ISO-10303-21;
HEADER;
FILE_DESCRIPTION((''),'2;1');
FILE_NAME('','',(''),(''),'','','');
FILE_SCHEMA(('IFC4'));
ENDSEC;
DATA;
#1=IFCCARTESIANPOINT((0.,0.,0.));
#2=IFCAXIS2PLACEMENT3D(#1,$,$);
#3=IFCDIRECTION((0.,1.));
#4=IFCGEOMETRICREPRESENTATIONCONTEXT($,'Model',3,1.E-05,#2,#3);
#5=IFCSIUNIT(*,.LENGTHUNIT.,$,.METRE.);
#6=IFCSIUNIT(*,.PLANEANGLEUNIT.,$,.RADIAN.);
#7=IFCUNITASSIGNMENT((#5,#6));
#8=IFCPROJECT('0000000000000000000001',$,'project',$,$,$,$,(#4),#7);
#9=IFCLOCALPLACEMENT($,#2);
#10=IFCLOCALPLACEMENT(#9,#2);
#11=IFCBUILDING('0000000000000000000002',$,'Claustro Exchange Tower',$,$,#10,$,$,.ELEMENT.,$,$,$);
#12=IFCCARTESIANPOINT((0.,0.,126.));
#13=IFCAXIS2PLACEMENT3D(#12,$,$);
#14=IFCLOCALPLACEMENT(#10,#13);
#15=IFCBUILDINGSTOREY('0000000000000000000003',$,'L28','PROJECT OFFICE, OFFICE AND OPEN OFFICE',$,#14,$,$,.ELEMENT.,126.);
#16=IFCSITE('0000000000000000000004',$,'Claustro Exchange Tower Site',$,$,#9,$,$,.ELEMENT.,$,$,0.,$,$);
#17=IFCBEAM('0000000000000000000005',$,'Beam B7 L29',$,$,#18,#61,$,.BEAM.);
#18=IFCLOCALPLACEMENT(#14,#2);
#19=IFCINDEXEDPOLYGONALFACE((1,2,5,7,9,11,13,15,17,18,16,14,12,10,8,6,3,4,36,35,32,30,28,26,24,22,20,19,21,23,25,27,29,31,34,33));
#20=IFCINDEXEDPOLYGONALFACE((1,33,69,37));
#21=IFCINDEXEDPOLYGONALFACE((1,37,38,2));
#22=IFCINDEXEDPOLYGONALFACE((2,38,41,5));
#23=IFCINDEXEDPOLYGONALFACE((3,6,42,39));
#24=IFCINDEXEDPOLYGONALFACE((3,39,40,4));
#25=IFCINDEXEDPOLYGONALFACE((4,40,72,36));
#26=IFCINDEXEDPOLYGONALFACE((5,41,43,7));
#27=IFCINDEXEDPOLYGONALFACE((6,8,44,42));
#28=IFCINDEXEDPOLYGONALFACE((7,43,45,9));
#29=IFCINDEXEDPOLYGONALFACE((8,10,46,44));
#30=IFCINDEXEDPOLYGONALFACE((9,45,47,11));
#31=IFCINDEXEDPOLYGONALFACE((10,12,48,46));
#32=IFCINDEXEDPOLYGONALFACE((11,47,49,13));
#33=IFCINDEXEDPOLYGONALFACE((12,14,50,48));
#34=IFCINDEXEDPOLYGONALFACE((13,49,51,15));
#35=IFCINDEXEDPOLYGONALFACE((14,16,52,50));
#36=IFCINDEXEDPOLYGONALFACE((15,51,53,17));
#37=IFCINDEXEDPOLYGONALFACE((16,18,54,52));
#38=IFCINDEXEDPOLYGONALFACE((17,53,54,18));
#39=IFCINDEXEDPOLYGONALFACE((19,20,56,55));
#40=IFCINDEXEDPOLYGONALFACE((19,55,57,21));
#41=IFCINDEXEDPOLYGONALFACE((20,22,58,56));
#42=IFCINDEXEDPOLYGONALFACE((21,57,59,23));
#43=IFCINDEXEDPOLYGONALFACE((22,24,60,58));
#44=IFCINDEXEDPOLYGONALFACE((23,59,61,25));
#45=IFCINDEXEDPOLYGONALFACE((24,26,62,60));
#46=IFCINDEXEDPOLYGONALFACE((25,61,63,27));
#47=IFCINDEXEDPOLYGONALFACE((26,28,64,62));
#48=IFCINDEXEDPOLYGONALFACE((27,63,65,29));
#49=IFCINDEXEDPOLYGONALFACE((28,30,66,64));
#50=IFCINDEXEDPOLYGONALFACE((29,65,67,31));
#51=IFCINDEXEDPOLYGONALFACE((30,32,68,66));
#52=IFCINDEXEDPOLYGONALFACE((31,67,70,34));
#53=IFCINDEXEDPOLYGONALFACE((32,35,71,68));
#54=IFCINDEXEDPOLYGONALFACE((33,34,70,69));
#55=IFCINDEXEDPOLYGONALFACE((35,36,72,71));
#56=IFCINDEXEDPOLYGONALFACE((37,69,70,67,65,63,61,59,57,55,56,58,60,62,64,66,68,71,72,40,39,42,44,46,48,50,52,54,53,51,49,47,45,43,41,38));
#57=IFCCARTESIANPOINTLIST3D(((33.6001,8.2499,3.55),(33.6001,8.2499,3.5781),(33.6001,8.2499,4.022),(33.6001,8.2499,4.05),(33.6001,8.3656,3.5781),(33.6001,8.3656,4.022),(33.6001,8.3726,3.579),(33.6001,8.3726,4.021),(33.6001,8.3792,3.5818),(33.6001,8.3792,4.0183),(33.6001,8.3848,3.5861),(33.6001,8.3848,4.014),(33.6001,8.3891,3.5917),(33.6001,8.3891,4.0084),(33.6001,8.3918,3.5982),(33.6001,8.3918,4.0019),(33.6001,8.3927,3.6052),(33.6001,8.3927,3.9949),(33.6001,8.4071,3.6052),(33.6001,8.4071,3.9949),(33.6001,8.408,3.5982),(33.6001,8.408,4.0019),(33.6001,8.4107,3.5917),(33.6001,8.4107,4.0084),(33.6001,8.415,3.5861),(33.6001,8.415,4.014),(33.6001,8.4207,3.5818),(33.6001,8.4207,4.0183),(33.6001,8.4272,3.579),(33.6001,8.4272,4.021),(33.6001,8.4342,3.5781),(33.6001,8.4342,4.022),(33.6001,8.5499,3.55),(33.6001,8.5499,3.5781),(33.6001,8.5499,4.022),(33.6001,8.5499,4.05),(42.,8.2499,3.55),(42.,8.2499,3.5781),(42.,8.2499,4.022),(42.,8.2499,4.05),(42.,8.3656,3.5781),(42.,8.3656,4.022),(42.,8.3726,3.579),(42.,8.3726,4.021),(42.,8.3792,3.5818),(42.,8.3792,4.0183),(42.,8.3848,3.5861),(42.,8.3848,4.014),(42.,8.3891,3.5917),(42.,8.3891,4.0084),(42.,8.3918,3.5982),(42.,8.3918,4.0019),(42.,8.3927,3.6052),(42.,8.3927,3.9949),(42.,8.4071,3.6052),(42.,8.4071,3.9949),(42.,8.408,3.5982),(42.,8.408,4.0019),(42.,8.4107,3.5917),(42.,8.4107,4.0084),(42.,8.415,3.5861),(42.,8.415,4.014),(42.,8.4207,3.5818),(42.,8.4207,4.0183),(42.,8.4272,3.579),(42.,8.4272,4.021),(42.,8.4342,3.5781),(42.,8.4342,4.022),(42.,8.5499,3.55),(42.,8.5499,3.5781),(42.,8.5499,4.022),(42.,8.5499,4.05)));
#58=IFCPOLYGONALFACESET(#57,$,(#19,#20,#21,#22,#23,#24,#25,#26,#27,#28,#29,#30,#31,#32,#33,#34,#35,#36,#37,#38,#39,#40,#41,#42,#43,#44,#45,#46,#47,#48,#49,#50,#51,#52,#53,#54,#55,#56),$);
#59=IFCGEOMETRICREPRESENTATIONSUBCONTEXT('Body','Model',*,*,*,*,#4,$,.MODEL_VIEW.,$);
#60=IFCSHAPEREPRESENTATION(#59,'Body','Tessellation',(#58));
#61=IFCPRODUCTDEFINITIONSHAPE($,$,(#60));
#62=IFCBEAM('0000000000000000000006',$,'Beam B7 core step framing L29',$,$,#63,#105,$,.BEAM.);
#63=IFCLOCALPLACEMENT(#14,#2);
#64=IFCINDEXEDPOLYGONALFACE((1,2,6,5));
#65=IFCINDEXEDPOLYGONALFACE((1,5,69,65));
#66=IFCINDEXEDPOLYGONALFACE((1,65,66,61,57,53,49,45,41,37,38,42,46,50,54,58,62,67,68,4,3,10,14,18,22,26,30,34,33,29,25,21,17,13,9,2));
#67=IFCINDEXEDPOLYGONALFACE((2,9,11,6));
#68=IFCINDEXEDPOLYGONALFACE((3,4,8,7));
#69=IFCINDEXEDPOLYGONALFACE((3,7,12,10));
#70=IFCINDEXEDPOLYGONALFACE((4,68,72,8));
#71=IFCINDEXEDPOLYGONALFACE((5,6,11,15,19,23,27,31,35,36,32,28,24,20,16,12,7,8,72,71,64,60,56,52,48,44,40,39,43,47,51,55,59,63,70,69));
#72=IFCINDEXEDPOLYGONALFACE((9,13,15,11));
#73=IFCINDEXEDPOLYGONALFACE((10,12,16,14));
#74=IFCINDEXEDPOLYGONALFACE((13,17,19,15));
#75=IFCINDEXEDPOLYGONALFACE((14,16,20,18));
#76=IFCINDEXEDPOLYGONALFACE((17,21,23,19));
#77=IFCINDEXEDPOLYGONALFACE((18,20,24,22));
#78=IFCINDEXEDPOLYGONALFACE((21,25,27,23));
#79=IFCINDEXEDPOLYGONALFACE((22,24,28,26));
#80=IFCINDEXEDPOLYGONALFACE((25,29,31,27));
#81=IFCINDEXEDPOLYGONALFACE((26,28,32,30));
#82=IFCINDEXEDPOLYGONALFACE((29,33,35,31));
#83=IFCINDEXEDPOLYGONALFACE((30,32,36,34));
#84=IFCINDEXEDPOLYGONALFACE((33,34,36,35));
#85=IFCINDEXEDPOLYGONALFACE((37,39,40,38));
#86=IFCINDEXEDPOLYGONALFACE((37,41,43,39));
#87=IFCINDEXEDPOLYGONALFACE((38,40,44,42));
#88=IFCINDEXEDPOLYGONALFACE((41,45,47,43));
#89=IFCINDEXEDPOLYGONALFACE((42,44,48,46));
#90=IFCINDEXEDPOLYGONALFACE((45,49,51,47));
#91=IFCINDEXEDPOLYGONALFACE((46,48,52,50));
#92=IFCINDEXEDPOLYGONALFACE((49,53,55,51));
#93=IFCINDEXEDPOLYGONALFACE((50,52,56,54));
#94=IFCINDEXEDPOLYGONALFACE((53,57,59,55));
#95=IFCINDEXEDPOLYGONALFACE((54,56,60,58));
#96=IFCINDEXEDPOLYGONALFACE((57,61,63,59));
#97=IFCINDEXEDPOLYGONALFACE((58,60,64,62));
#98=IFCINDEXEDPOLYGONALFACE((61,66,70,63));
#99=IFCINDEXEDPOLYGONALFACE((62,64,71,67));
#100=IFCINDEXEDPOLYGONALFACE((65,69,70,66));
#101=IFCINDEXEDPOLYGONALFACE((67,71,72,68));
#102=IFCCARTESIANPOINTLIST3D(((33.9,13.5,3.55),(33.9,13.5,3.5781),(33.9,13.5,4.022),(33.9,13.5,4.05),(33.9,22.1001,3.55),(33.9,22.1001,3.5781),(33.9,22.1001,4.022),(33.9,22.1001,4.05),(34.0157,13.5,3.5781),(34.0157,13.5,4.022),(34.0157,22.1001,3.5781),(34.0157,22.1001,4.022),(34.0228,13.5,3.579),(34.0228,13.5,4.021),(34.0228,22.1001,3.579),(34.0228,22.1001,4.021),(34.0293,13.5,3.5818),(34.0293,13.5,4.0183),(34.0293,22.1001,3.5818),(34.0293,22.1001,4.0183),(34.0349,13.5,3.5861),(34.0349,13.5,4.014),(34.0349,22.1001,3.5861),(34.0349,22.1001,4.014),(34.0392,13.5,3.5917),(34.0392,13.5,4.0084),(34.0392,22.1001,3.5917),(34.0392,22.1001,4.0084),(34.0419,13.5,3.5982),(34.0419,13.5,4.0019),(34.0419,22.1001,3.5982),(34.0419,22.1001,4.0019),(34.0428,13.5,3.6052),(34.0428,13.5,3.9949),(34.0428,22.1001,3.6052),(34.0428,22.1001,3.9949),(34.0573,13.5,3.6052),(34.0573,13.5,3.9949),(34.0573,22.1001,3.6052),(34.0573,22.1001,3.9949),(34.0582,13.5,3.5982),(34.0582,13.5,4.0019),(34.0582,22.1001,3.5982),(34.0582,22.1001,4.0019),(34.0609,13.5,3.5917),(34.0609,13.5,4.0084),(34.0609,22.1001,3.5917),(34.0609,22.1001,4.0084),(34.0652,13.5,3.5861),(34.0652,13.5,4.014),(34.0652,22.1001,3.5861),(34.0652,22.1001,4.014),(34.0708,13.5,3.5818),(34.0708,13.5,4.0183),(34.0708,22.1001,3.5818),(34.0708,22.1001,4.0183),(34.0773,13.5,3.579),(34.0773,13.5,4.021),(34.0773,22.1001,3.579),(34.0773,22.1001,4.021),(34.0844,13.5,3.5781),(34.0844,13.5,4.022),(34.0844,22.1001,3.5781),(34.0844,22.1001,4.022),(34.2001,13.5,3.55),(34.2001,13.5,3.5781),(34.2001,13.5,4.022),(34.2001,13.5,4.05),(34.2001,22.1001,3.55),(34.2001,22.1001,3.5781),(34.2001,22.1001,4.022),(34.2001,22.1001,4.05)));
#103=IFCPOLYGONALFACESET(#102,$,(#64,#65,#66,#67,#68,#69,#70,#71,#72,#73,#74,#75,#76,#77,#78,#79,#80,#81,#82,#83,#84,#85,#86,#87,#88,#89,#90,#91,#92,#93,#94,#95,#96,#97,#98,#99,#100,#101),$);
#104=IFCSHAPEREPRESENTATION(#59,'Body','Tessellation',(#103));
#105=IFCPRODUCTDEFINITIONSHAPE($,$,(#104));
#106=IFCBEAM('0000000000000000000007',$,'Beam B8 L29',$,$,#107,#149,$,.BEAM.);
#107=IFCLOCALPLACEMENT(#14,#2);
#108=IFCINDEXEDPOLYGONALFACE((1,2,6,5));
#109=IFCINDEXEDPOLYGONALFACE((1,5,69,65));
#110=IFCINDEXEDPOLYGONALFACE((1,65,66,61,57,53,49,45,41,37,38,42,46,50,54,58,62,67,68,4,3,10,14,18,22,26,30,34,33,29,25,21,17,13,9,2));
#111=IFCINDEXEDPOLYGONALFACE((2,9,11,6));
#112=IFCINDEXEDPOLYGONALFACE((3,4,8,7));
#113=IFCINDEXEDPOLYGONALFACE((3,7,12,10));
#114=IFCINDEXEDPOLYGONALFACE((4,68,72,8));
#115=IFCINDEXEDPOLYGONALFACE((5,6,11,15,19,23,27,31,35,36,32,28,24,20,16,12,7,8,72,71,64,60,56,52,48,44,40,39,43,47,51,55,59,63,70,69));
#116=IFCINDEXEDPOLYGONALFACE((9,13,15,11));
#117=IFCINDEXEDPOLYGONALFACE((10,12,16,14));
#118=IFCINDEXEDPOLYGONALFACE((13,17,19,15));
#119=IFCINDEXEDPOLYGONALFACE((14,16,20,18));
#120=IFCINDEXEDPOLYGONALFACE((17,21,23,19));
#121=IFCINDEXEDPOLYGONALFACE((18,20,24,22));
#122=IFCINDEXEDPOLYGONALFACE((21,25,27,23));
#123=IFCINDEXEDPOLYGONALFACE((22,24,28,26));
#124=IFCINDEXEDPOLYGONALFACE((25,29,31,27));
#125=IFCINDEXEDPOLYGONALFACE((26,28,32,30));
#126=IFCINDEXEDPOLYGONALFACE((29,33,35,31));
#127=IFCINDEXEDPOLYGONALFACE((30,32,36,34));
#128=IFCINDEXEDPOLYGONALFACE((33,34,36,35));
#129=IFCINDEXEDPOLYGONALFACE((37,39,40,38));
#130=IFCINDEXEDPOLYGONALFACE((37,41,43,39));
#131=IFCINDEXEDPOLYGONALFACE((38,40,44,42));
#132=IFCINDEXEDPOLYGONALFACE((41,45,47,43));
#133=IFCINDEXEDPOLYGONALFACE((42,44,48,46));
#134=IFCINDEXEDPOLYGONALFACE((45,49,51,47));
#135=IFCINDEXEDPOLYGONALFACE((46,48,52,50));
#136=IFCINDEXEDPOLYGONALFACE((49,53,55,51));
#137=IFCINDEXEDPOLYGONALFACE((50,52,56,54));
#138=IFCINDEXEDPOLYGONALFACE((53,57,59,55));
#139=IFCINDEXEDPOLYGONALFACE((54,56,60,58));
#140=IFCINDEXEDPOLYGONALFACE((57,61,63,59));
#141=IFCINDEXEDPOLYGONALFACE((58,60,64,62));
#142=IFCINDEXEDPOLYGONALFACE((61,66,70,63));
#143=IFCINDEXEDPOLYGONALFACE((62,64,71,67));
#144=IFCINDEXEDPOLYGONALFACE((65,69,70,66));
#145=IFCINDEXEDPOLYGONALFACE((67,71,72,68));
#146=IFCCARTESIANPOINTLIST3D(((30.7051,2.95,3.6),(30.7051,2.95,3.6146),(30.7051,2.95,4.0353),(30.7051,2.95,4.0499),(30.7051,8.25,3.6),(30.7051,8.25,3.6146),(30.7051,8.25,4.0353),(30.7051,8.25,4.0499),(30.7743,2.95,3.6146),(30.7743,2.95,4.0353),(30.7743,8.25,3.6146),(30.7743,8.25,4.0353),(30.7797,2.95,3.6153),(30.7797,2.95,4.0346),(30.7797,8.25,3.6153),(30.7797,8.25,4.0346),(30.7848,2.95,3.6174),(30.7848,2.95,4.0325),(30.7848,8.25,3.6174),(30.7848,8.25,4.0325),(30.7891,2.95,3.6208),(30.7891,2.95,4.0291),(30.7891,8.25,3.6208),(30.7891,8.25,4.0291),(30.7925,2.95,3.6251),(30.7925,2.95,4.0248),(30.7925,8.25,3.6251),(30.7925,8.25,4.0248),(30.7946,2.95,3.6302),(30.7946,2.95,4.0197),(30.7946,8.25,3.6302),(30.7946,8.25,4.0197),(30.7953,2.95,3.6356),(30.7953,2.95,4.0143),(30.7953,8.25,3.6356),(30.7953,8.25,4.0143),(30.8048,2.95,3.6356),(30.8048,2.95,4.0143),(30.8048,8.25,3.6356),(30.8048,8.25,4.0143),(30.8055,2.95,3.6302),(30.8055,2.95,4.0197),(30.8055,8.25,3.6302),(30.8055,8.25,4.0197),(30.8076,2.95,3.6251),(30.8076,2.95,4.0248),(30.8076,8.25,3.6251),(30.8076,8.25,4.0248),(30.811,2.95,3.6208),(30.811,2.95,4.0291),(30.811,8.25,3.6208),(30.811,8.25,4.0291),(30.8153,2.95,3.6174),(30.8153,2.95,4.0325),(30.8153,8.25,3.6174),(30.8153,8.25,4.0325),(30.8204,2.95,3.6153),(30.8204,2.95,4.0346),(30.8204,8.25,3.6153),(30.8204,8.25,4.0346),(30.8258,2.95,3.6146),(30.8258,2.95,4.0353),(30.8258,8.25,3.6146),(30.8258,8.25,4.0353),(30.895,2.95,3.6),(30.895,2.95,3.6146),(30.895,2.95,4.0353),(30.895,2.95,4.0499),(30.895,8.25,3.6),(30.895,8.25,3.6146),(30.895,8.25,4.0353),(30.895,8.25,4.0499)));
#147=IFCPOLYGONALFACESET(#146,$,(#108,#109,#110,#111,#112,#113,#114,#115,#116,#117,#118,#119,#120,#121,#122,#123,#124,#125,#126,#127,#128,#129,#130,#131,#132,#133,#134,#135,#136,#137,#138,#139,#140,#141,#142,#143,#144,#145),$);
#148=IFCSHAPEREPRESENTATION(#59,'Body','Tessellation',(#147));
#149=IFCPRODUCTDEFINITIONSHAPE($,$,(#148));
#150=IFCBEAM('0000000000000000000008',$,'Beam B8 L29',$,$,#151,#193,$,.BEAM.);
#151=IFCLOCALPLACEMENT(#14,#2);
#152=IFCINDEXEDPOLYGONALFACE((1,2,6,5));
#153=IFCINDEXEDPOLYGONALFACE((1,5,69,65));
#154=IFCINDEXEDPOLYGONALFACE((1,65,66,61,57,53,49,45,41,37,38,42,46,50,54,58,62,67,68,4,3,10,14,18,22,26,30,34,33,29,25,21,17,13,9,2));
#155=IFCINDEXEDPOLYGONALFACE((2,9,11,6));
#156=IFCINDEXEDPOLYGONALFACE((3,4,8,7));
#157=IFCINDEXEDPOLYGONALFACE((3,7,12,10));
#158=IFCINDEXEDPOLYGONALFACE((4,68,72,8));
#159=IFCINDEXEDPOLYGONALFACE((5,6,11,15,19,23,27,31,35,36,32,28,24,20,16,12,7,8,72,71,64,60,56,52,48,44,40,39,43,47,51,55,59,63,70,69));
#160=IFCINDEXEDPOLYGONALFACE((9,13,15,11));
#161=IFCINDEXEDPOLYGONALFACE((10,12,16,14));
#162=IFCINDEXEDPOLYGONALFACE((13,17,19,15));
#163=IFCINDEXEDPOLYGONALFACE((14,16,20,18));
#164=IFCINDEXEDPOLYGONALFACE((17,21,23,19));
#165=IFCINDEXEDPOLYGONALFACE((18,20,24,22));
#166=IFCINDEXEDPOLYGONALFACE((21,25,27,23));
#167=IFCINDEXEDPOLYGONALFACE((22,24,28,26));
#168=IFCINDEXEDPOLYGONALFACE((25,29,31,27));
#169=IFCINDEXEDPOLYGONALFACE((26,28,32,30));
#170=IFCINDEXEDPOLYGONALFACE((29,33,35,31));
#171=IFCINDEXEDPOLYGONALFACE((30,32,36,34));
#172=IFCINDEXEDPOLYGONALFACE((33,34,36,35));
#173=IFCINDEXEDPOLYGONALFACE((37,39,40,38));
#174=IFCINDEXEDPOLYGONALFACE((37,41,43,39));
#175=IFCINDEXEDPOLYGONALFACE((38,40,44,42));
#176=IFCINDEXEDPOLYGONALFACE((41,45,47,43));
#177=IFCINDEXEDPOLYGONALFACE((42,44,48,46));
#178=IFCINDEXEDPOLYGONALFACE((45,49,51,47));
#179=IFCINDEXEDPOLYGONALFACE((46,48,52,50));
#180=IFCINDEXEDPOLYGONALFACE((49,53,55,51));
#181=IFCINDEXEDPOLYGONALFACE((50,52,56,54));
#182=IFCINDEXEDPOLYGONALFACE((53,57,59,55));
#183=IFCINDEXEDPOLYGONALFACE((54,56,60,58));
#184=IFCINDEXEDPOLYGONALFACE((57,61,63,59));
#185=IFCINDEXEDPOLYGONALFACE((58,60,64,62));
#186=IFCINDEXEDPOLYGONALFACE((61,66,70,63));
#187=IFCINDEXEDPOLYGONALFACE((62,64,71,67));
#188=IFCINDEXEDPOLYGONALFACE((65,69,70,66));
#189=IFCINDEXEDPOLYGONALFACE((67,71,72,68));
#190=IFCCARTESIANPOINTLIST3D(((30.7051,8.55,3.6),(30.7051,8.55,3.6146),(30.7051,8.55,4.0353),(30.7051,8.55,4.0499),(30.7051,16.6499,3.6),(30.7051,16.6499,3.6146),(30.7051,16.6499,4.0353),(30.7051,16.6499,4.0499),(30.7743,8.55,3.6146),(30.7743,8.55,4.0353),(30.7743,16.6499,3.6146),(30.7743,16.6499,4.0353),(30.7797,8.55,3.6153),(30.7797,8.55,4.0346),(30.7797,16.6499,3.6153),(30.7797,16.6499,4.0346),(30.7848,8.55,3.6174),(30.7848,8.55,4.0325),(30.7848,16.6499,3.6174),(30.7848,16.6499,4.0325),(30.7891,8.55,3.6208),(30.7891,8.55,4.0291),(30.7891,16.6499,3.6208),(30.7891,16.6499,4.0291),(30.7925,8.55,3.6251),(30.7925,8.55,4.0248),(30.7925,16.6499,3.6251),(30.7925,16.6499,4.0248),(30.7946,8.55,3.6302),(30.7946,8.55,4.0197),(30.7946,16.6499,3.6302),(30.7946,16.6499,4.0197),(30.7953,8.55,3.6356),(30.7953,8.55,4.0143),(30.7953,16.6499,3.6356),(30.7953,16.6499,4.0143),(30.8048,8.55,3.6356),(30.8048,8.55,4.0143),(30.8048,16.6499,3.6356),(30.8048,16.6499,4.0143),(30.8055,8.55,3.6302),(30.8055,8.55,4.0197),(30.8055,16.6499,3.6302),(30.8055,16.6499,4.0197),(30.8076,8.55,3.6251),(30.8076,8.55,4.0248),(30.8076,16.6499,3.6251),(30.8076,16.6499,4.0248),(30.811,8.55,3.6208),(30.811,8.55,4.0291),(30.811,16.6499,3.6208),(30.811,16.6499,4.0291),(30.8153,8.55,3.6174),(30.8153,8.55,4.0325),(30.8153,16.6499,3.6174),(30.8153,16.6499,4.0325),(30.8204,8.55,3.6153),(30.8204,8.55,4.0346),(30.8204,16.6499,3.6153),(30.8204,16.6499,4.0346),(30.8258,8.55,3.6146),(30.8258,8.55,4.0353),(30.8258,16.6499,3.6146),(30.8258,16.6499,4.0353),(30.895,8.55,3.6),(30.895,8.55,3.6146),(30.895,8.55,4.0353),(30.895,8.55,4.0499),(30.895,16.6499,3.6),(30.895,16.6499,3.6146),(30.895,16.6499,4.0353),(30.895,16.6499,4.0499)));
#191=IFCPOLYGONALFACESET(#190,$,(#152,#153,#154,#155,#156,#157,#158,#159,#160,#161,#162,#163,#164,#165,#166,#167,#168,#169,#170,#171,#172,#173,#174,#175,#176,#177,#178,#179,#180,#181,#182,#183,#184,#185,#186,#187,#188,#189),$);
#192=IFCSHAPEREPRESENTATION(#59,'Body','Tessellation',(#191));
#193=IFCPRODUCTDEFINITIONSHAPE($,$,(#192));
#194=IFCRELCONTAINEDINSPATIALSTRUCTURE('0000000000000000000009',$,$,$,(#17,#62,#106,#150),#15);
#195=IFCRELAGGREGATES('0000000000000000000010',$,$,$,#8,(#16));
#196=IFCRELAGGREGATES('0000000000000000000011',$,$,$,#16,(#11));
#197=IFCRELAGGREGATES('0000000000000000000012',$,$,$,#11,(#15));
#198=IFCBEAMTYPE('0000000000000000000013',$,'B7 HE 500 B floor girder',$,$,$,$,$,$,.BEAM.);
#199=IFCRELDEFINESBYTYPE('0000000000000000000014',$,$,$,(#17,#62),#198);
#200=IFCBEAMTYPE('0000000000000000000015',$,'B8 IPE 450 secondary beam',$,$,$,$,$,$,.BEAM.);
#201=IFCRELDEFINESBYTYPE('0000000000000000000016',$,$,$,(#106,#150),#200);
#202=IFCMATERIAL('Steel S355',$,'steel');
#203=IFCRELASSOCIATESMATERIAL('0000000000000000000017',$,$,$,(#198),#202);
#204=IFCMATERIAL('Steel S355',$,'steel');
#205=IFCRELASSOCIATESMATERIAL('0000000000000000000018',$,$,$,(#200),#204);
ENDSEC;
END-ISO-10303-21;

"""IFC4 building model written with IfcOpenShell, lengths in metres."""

from ifc_helpers import new_model, si_unit, direction, frame, origin, origin_2d, place, context, subcontext, project, spatial, i_section, extrude, material, material_profile, profile_set, type_object, element, save


model = new_model("IFC4")

# Units and contexts
model_context = context("Model", 3, precision=1e-05, world=origin(), true_north=direction((0.0, 1.0)))
body_context = subcontext(model_context, "Body", "Model", "MODEL_VIEW")
ifc_project = project(units=[si_unit("LENGTHUNIT", "METRE"), si_unit("PLANEANGLEUNIT", "RADIAN")], contexts=[model_context])

# Site, building, storey
site_placement = place(None, origin())
site = spatial("IfcSite", under=ifc_project, at=site_placement, Name="Claustro Exchange Tower Site", CompositionType="ELEMENT", RefElevation=0.0)
building_placement = place(site_placement, origin())
building = spatial("IfcBuilding", under=site, at=building_placement, Name="Claustro Exchange Tower", CompositionType="ELEMENT")
storey_placement = place(building_placement, frame((0.0, 0.0, 126.0)))
storey = spatial("IfcBuildingStorey", under=building, at=storey_placement, Name="L28", Description="PROJECT OFFICE, OFFICE AND OPEN OFFICE", CompositionType="ELEMENT", Elevation=126.0)

# Beams
ifc_material_1 = material(Name="Steel S355", Category="steel")
ifc_material_profile_1 = material_profile(ifc_material_1, i_section(OverallWidth=0.3, OverallDepth=0.5, WebThickness=0.0144, FlangeThickness=0.0281, FilletRadius=0.0271, at=origin_2d()), Name="HE 500 B")
ifc_profile_set_1 = profile_set([ifc_material_profile_1], Name="Steel S355")
beam_type_1 = type_object("IfcBeamType", Name="B7 HE 500 B floor girder", PredefinedType="BEAM", material=ifc_profile_set_1)
beam_1_placement = place(storey_placement, frame((33.6001, 8.3999, 3.8), z_axis=(1.0, 0.0, 0.0), x_axis=(0.0, 1.0, 0.0)))
element("IfcBeam", 1, at=beam_1_placement, inside=storey, type_object=beam_type_1, Name="Beam B7 L29", PredefinedType="BEAM", context=body_context, shape_type="SweptSolid", body=[
    extrude(i_section(OverallWidth=0.3, OverallDepth=0.5, WebThickness=0.0144, FlangeThickness=0.0281, FilletRadius=0.0271, at=origin_2d()), origin(), (0.0, 0.0, 1.0), 8.3999),
])
beam_2_placement = place(storey_placement, frame((34.05, 13.5, 3.8), z_axis=(0.0, 1.0, 0.0), x_axis=(-1.0, 0.0, 0.0)))
element("IfcBeam", 2, at=beam_2_placement, inside=storey, type_object=beam_type_1, Name="Beam B7 core step framing L29", PredefinedType="BEAM", context=body_context, shape_type="SweptSolid", body=[
    extrude(i_section(OverallWidth=0.3, OverallDepth=0.5, WebThickness=0.0144, FlangeThickness=0.0281, FilletRadius=0.0271, at=origin_2d()), origin(), (0.0, 0.0, 1.0), 8.6001),
])
ifc_material_2 = material(Name="Steel S355", Category="steel")
ifc_material_profile_2 = material_profile(ifc_material_2, i_section(OverallWidth=0.1899, OverallDepth=0.45, WebThickness=0.0095, FlangeThickness=0.0146, FilletRadius=0.021, at=origin_2d()), Name="IPE 450")
ifc_profile_set_2 = profile_set([ifc_material_profile_2], Name="Steel S355")
beam_type_2 = type_object("IfcBeamType", Name="B8 IPE 450 secondary beam", PredefinedType="BEAM", material=ifc_profile_set_2)
beam_3_placement = place(storey_placement, frame((30.8, 2.95, 3.825), z_axis=(0.0, 1.0, 0.0), x_axis=(-1.0, 0.0, 0.0)))
element("IfcBeam", 3, at=beam_3_placement, inside=storey, type_object=beam_type_2, Name="Beam B8 L29", PredefinedType="BEAM", context=body_context, shape_type="SweptSolid", body=[
    extrude(i_section(OverallWidth=0.1899, OverallDepth=0.45, WebThickness=0.0095, FlangeThickness=0.0146, FilletRadius=0.021, at=origin_2d()), origin(), (0.0, 0.0, 1.0), 5.3),
])
beam_4_placement = place(storey_placement, frame((30.8, 8.55, 3.825), z_axis=(0.0, 1.0, 0.0), x_axis=(-1.0, 0.0, 0.0)))
element("IfcBeam", 4, at=beam_4_placement, inside=storey, type_object=beam_type_2, Name="Beam B8 L29", PredefinedType="BEAM", context=body_context, shape_type="SweptSolid", body=[
    extrude(i_section(OverallWidth=0.1899, OverallDepth=0.45, WebThickness=0.0095, FlangeThickness=0.0146, FilletRadius=0.021, at=origin_2d()), origin(), (0.0, 0.0, 1.0), 8.0999),
])

save(model, "model.ifc")
